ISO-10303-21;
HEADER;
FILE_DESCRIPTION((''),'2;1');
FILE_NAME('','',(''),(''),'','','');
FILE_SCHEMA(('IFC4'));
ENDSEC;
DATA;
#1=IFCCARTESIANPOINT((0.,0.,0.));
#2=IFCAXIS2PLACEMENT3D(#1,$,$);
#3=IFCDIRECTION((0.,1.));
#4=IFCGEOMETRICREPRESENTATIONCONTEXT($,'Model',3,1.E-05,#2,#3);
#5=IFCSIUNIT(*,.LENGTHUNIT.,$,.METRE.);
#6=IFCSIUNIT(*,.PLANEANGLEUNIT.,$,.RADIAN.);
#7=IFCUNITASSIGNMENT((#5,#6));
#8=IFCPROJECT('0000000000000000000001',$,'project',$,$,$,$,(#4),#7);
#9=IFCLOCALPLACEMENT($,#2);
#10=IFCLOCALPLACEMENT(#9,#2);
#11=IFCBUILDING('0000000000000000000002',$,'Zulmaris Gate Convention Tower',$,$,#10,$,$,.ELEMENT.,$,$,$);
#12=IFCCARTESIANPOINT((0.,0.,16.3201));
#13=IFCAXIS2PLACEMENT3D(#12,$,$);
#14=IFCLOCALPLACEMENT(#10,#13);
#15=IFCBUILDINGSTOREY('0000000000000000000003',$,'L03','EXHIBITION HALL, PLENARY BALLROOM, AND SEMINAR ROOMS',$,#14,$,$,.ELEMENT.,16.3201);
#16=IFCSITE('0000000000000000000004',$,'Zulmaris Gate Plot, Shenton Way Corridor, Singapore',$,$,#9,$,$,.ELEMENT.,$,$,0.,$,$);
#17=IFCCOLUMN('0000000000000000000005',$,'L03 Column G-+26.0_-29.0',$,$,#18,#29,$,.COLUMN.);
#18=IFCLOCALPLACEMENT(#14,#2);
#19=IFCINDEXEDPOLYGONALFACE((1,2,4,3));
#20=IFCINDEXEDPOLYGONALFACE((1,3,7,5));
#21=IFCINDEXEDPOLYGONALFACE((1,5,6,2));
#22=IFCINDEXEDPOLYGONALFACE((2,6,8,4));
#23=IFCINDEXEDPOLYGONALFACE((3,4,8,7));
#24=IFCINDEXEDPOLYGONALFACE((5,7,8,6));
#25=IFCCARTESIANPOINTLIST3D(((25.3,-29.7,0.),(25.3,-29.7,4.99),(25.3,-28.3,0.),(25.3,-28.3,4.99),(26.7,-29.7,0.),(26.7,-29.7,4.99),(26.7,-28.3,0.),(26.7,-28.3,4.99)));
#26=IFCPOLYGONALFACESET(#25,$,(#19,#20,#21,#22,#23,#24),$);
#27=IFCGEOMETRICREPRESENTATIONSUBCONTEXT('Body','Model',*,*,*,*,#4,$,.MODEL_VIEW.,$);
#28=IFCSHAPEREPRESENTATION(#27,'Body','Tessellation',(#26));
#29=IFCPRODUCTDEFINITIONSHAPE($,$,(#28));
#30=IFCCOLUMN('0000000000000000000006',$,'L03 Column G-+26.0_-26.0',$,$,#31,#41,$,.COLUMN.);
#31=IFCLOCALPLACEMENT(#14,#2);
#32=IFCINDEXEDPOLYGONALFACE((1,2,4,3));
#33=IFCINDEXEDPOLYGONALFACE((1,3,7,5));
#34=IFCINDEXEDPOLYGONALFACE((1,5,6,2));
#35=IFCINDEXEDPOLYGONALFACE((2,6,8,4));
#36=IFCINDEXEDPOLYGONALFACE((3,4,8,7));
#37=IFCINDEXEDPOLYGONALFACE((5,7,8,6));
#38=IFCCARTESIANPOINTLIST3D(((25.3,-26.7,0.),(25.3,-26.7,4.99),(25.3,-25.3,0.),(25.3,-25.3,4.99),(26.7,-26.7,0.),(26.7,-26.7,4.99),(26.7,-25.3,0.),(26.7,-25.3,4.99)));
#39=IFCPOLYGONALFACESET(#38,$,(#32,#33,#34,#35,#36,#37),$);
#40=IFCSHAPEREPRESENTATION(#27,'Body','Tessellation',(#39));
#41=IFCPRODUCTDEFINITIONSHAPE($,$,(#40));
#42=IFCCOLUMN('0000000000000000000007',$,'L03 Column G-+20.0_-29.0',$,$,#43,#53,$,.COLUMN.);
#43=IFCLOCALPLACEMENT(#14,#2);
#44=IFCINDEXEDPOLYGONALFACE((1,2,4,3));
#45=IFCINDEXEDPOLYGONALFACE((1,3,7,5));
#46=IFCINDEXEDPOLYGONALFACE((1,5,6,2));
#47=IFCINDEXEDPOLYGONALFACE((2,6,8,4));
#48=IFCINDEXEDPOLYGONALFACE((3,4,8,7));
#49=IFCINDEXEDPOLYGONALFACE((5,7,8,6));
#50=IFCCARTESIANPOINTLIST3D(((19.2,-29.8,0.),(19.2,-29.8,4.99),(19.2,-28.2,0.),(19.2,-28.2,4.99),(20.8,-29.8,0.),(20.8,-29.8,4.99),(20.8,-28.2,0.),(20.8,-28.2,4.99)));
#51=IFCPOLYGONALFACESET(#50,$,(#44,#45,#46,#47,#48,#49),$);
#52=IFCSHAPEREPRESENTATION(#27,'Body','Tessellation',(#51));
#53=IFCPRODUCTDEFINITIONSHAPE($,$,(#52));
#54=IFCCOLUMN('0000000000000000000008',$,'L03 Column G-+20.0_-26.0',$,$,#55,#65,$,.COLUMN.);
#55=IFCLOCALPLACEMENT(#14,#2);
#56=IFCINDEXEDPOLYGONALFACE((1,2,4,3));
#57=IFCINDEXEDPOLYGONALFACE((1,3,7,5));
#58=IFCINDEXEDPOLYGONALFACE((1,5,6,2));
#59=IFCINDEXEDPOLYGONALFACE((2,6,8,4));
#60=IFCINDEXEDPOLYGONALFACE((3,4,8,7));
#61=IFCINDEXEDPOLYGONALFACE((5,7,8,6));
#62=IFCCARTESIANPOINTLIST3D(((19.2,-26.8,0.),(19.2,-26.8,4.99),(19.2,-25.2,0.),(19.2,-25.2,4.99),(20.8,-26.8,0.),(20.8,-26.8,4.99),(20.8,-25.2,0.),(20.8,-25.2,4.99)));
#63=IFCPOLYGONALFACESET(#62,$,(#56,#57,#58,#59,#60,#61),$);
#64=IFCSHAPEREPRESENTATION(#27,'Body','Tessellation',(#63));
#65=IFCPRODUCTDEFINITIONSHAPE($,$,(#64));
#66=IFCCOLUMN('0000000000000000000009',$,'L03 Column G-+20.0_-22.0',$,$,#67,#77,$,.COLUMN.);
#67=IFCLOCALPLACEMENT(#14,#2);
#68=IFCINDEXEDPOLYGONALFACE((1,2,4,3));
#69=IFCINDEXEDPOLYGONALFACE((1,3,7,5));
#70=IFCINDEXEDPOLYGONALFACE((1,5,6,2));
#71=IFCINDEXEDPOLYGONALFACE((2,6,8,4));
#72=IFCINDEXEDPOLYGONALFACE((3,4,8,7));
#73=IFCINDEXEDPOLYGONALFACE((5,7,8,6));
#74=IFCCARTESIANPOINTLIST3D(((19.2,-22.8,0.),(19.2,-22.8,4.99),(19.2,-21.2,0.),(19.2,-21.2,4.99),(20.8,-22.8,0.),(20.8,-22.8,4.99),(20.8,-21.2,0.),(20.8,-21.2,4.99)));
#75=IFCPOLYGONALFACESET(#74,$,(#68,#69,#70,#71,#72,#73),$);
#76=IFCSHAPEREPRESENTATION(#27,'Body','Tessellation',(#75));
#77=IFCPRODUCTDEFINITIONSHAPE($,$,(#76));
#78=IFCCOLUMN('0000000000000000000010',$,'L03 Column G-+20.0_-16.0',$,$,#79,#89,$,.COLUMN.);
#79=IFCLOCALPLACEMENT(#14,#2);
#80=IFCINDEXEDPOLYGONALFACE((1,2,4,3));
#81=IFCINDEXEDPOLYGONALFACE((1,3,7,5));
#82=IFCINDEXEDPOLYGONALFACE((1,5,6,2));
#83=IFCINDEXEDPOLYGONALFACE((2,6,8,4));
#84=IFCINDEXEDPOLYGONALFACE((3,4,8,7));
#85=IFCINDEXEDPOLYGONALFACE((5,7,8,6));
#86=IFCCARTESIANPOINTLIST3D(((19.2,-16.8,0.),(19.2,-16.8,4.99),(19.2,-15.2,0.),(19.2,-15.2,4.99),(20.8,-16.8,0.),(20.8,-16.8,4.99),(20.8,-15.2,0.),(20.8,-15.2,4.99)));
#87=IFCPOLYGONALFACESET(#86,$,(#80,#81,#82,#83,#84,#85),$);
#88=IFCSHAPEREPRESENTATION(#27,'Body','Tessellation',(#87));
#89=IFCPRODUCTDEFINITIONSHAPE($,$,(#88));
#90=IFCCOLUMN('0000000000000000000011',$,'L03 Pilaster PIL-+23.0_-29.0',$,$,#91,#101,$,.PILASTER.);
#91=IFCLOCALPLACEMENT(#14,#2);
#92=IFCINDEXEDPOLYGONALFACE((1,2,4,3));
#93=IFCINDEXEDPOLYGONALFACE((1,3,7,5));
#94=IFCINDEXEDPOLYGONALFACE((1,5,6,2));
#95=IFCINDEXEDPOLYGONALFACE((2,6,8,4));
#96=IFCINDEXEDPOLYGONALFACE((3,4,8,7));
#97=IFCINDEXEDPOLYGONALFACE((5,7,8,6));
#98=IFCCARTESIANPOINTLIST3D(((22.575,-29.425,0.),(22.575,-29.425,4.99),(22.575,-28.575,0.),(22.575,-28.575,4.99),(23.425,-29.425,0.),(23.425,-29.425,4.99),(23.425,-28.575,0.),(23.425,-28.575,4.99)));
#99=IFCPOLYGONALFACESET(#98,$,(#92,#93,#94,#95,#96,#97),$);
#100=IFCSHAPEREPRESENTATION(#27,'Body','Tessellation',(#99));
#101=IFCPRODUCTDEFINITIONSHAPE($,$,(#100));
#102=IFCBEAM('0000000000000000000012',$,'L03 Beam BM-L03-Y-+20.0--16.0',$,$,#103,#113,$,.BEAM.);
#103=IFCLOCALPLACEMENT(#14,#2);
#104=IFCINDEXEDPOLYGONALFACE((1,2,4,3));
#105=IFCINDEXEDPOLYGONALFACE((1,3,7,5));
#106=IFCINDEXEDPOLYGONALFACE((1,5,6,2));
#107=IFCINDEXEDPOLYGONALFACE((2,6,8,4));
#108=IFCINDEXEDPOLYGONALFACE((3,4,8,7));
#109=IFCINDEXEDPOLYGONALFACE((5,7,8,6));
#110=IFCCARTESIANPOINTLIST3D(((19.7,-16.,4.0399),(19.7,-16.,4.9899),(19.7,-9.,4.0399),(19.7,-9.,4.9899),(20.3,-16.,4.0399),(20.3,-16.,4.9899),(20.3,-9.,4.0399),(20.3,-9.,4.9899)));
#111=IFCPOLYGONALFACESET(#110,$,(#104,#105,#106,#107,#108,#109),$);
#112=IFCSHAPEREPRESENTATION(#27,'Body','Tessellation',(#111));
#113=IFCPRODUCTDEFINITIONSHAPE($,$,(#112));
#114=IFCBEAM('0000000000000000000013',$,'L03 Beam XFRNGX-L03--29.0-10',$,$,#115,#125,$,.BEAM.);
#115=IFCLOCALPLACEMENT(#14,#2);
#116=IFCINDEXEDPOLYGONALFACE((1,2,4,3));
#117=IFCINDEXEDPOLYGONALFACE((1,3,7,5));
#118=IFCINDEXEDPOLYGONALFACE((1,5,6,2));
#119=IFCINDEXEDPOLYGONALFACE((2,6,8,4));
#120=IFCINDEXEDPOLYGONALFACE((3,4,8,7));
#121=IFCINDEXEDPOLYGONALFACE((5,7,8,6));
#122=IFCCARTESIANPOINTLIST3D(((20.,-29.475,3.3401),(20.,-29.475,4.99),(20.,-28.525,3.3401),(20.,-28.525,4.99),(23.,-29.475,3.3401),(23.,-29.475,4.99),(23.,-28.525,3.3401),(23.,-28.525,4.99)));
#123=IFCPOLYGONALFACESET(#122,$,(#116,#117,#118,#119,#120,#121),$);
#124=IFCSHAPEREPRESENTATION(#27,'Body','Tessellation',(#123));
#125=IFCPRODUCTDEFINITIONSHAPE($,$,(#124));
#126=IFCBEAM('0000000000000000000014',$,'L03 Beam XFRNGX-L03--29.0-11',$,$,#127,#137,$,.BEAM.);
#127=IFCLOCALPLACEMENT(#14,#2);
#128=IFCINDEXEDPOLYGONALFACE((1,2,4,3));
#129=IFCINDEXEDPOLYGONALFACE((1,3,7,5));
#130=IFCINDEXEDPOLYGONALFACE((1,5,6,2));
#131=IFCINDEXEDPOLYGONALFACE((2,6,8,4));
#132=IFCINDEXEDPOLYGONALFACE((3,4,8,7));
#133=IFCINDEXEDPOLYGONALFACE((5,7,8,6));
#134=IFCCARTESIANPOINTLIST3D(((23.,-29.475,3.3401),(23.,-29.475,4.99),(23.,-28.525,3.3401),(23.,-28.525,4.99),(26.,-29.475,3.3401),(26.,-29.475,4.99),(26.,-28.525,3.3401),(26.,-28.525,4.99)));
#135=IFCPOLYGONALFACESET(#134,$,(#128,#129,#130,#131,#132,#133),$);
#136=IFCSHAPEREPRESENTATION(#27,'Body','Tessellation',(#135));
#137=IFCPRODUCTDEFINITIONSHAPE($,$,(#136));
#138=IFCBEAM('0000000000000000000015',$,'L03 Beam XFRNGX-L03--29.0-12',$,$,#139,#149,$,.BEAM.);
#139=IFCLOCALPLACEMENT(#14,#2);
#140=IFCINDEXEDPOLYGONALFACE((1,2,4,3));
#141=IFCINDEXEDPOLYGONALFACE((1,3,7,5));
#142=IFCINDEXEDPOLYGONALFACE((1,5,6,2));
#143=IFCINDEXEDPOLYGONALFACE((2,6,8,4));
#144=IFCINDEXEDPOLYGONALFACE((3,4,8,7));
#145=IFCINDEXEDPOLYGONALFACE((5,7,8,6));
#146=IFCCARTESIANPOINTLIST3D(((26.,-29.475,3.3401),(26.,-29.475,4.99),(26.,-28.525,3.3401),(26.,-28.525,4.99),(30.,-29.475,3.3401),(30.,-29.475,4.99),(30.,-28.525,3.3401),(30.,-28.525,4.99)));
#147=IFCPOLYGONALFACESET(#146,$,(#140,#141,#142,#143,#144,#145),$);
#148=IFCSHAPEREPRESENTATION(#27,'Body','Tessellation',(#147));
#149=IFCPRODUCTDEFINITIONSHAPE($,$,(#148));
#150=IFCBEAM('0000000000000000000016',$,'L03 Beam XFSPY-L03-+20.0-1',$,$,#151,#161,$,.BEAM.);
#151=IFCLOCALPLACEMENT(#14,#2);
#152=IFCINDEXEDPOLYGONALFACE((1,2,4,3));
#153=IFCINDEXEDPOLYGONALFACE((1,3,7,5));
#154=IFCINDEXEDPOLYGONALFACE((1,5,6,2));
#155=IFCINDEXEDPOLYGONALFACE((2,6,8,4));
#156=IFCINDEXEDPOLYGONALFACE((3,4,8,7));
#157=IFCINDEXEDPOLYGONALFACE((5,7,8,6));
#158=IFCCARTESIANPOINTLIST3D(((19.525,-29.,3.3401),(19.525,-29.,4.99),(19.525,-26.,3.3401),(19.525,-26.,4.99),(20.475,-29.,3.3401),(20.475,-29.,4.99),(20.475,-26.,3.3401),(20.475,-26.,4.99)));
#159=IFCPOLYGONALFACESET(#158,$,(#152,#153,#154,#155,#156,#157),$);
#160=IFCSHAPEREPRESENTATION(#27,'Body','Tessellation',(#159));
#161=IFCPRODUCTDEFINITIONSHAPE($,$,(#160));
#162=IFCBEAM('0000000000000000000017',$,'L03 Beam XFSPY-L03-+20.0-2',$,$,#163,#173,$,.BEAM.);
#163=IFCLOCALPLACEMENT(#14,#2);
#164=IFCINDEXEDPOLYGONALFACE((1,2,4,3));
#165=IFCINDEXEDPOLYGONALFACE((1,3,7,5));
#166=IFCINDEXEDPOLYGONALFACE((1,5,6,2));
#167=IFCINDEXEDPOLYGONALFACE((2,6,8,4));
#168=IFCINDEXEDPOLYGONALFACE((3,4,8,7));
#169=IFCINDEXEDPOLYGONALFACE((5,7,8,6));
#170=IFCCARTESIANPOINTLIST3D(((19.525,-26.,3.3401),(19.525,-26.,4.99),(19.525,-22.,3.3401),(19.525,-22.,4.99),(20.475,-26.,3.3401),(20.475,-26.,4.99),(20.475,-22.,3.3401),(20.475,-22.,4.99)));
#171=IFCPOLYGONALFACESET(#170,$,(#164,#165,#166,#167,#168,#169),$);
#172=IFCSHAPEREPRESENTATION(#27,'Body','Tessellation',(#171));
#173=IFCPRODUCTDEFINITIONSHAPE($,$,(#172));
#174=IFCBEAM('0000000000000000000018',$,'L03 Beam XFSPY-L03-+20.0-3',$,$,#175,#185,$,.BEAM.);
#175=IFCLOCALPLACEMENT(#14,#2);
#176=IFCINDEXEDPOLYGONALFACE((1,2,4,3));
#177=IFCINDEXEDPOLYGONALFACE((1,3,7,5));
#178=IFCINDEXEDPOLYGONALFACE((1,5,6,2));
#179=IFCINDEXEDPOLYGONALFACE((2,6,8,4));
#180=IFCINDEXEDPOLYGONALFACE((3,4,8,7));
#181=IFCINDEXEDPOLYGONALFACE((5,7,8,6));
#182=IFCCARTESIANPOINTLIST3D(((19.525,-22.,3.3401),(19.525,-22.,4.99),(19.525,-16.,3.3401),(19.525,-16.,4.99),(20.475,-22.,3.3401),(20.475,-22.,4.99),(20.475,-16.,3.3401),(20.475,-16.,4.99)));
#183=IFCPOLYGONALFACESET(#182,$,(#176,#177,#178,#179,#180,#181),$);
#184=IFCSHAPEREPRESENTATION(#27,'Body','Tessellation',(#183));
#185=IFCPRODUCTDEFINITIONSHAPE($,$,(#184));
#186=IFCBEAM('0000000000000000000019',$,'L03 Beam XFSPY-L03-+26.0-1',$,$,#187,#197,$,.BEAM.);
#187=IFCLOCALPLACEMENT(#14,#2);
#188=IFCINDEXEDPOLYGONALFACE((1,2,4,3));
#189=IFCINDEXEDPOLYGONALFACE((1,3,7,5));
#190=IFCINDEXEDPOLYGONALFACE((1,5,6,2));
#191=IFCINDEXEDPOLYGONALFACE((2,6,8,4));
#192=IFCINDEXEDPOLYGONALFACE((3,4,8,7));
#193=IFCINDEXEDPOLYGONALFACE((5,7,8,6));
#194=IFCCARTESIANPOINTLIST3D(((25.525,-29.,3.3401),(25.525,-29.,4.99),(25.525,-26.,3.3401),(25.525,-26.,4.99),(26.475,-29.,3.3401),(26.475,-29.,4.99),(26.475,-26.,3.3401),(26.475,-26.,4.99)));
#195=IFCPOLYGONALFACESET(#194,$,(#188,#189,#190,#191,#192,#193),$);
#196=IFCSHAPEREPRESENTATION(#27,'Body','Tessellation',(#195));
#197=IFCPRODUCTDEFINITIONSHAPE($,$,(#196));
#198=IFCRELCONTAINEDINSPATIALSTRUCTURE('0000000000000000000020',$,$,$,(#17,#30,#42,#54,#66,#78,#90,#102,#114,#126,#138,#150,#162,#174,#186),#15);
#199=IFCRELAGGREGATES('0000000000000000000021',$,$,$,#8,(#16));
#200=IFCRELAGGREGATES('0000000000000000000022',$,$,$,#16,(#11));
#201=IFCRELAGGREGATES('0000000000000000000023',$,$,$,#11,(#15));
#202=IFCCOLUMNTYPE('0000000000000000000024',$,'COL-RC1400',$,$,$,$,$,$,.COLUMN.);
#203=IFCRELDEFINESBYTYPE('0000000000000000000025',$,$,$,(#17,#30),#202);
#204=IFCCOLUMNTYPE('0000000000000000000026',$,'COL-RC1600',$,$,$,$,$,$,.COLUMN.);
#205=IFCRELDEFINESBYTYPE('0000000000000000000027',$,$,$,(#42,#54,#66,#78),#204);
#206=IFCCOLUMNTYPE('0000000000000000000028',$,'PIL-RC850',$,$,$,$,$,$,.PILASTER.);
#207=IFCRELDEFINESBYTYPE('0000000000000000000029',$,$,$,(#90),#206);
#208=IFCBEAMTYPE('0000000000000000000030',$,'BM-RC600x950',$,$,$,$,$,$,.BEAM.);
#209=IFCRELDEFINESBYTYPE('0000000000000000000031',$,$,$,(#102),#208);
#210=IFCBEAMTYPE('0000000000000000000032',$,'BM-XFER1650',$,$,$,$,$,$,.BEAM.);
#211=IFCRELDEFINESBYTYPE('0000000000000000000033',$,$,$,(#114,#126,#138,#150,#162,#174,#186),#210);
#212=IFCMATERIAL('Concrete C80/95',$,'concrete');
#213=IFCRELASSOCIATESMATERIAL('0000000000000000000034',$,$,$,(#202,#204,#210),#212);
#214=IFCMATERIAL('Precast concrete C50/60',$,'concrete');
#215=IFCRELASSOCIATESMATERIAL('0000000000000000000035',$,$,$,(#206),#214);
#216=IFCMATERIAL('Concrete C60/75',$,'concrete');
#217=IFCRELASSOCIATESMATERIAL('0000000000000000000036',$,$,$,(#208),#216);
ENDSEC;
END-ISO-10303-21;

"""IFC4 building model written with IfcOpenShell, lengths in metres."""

from ifc_helpers import new_model, si_unit, direction, frame, origin, origin_2d, place, context, subcontext, project, spatial, rectangle, extrude, material, material_profile, profile_set, type_object, element, save


model = new_model("IFC4")

# Units and contexts
model_context = context("Model", 3, precision=1e-05, world=origin(), true_north=direction((0.0, 1.0)))
body_context = subcontext(model_context, "Body", "Model", "MODEL_VIEW")
ifc_project = project(units=[si_unit("LENGTHUNIT", "METRE"), si_unit("PLANEANGLEUNIT", "RADIAN")], contexts=[model_context])

# Site, building, storey
site_placement = place(None, origin())
site = spatial("IfcSite", under=ifc_project, at=site_placement, Name="Zulmaris Gate Plot, Shenton Way Corridor, Singapore", CompositionType="ELEMENT", RefElevation=0.0)
building_placement = place(site_placement, origin())
building = spatial("IfcBuilding", under=site, at=building_placement, Name="Zulmaris Gate Convention Tower", CompositionType="ELEMENT")
storey_placement = place(building_placement, frame((0.0, 0.0, 16.3201)))
storey = spatial("IfcBuildingStorey", under=building, at=storey_placement, Name="L03", Description="EXHIBITION HALL, PLENARY BALLROOM, AND SEMINAR ROOMS", CompositionType="ELEMENT", Elevation=16.3201)

# Columns
ifc_material_1 = material(Name="Concrete C80/95", Category="concrete")
ifc_material_profile_1 = material_profile(ifc_material_1, rectangle(XDim=1.3999, YDim=1.3999, at=origin_2d()), Name="RC COL 1400x1400")
ifc_profile_set_1 = profile_set([ifc_material_profile_1], Name="Concrete C80/95")
column_type_1 = type_object("IfcColumnType", Name="COL-RC1400", PredefinedType="COLUMN", material=ifc_profile_set_1)
for number, where, z_axis, x_axis, name in (
    (1, (26.0, -29.0, 0.0), (0.0, 0.0, 1.0), (1.0, 0.0, 0.0), "L03 Column G-+26.0_-29.0"),
    (2, (26.0, -26.0, 0.0), (0.0, 0.0, 1.0), (1.0, 0.0, 0.0), "L03 Column G-+26.0_-26.0"),
):
    element("IfcColumn", number, at=place(storey_placement, frame(where, z_axis=z_axis, x_axis=x_axis)), inside=storey, type_object=column_type_1, Name=name, PredefinedType="COLUMN", context=body_context, shape_type="SweptSolid", body=[
        extrude(rectangle(XDim=1.3999, YDim=1.3999, at=origin_2d()), origin(), (0.0, 0.0, 1.0), 4.99),
    ])
ifc_material_profile_2 = material_profile(ifc_material_1, rectangle(XDim=1.6001, YDim=1.6001, at=origin_2d()), Name="RC COL 1600x1600")
ifc_profile_set_2 = profile_set([ifc_material_profile_2], Name="Concrete C80/95")
column_type_2 = type_object("IfcColumnType", Name="COL-RC1600", PredefinedType="COLUMN", material=ifc_profile_set_2)
for number, where, z_axis, x_axis, name in (
    (3, (20.0, -29.0, 0.0), (0.0, 0.0, 1.0), (1.0, 0.0, 0.0), "L03 Column G-+20.0_-29.0"),
    (4, (20.0, -26.0, 0.0), (0.0, 0.0, 1.0), (1.0, 0.0, 0.0), "L03 Column G-+20.0_-26.0"),
    (5, (20.0, -22.0, 0.0), (0.0, 0.0, 1.0), (1.0, 0.0, 0.0), "L03 Column G-+20.0_-22.0"),
    (6, (20.0, -16.0, 0.0), (0.0, 0.0, 1.0), (1.0, 0.0, 0.0), "L03 Column G-+20.0_-16.0"),
):
    element("IfcColumn", number, at=place(storey_placement, frame(where, z_axis=z_axis, x_axis=x_axis)), inside=storey, type_object=column_type_2, Name=name, PredefinedType="COLUMN", context=body_context, shape_type="SweptSolid", body=[
        extrude(rectangle(XDim=1.6001, YDim=1.6001, at=origin_2d()), origin(), (0.0, 0.0, 1.0), 4.99),
    ])
ifc_material_2 = material(Name="Precast concrete C50/60", Category="concrete")
ifc_material_profile_3 = material_profile(ifc_material_2, rectangle(XDim=0.8501, YDim=0.8501, at=origin_2d()), Name="RC COL 850x850")
ifc_profile_set_3 = profile_set([ifc_material_profile_3], Name="Precast concrete C50/60")
column_type_3 = type_object("IfcColumnType", Name="PIL-RC850", PredefinedType="PILASTER", material=ifc_profile_set_3)
column_placement = place(storey_placement, frame((23.0, -29.0, 0.0), z_axis=(0.0, 0.0, 1.0), x_axis=(1.0, 0.0, 0.0)))
element("IfcColumn", 7, at=column_placement, inside=storey, type_object=column_type_3, Name="L03 Pilaster PIL-+23.0_-29.0", PredefinedType="PILASTER", context=body_context, shape_type="SweptSolid", body=[
    extrude(rectangle(XDim=0.8501, YDim=0.8501, at=origin_2d()), origin(), (0.0, 0.0, 1.0), 4.99),
])

# Beams
ifc_material_3 = material(Name="Concrete C60/75", Category="concrete")
ifc_material_profile_4 = material_profile(ifc_material_3, rectangle(XDim=0.6001, YDim=0.95, at=origin_2d()), Name="RC BEAM 600x950")
ifc_profile_set_4 = profile_set([ifc_material_profile_4], Name="Concrete C60/75")
beam_type_1 = type_object("IfcBeamType", Name="BM-RC600x950", PredefinedType="BEAM", material=ifc_profile_set_4)
beam_1_placement = place(storey_placement, frame((20.0, -16.0, 4.5149), z_axis=(0.0, 1.0, 0.0), x_axis=(-1.0, 0.0, 0.0)))
element("IfcBeam", 8, at=beam_1_placement, inside=storey, type_object=beam_type_1, Name="L03 Beam BM-L03-Y-+20.0--16.0", PredefinedType="BEAM", context=body_context, shape_type="SweptSolid", body=[
    extrude(rectangle(XDim=0.6001, YDim=0.95, at=origin_2d()), origin(), (0.0, 0.0, 1.0), 7.0),
])
ifc_material_profile_5 = material_profile(ifc_material_1, rectangle(XDim=0.95, YDim=1.6499, at=origin_2d()), Name="RC TRANSFER 950x1650")
ifc_profile_set_5 = profile_set([ifc_material_profile_5], Name="Concrete C80/95")
beam_type_2 = type_object("IfcBeamType", Name="BM-XFER1650", PredefinedType="BEAM", material=ifc_profile_set_5)
for number, where, z_axis, x_axis, name in (
    (9, (20.0, -29.0, 4.165), (1.0, 0.0, 0.0), (0.0, 1.0, 0.0), "L03 Beam XFRNGX-L03--29.0-10"),
    (10, (23.0, -29.0, 4.165), (1.0, 0.0, 0.0), (0.0, 1.0, 0.0), "L03 Beam XFRNGX-L03--29.0-11"),
):
    element("IfcBeam", number, at=place(storey_placement, frame(where, z_axis=z_axis, x_axis=x_axis)), inside=storey, type_object=beam_type_2, Name=name, PredefinedType="BEAM", context=body_context, shape_type="SweptSolid", body=[
        extrude(rectangle(XDim=0.95, YDim=1.6499, at=origin_2d()), origin(), (0.0, 0.0, 1.0), 3.0),
    ])
beam_2_placement = place(storey_placement, frame((26.0, -29.0, 4.165), z_axis=(1.0, 0.0, 0.0), x_axis=(0.0, 1.0, 0.0)))
element("IfcBeam", 11, at=beam_2_placement, inside=storey, type_object=beam_type_2, Name="L03 Beam XFRNGX-L03--29.0-12", PredefinedType="BEAM", context=body_context, shape_type="SweptSolid", body=[
    extrude(rectangle(XDim=0.95, YDim=1.6499, at=origin_2d()), origin(), (0.0, 0.0, 1.0), 4.0),
])
beam_3_placement = place(storey_placement, frame((20.0, -29.0, 4.165), z_axis=(0.0, 1.0, 0.0), x_axis=(-1.0, 0.0, 0.0)))
element("IfcBeam", 12, at=beam_3_placement, inside=storey, type_object=beam_type_2, Name="L03 Beam XFSPY-L03-+20.0-1", PredefinedType="BEAM", context=body_context, shape_type="SweptSolid", body=[
    extrude(rectangle(XDim=0.95, YDim=1.6499, at=origin_2d()), origin(), (0.0, 0.0, 1.0), 3.0),
])
beam_4_placement = place(storey_placement, frame((20.0, -26.0, 4.165), z_axis=(0.0, 1.0, 0.0), x_axis=(-1.0, 0.0, 0.0)))
element("IfcBeam", 13, at=beam_4_placement, inside=storey, type_object=beam_type_2, Name="L03 Beam XFSPY-L03-+20.0-2", PredefinedType="BEAM", context=body_context, shape_type="SweptSolid", body=[
    extrude(rectangle(XDim=0.95, YDim=1.6499, at=origin_2d()), origin(), (0.0, 0.0, 1.0), 4.0),
])
beam_5_placement = place(storey_placement, frame((20.0, -22.0, 4.165), z_axis=(0.0, 1.0, 0.0), x_axis=(-1.0, 0.0, 0.0)))
element("IfcBeam", 14, at=beam_5_placement, inside=storey, type_object=beam_type_2, Name="L03 Beam XFSPY-L03-+20.0-3", PredefinedType="BEAM", context=body_context, shape_type="SweptSolid", body=[
    extrude(rectangle(XDim=0.95, YDim=1.6499, at=origin_2d()), origin(), (0.0, 0.0, 1.0), 6.0),
])
beam_6_placement = place(storey_placement, frame((26.0, -29.0, 4.165), z_axis=(0.0, 1.0, 0.0), x_axis=(-1.0, 0.0, 0.0)))
element("IfcBeam", 15, at=beam_6_placement, inside=storey, type_object=beam_type_2, Name="L03 Beam XFSPY-L03-+26.0-1", PredefinedType="BEAM", context=body_context, shape_type="SweptSolid", body=[
    extrude(rectangle(XDim=0.95, YDim=1.6499, at=origin_2d()), origin(), (0.0, 0.0, 1.0), 3.0),
])

save(model, "model.ifc")
